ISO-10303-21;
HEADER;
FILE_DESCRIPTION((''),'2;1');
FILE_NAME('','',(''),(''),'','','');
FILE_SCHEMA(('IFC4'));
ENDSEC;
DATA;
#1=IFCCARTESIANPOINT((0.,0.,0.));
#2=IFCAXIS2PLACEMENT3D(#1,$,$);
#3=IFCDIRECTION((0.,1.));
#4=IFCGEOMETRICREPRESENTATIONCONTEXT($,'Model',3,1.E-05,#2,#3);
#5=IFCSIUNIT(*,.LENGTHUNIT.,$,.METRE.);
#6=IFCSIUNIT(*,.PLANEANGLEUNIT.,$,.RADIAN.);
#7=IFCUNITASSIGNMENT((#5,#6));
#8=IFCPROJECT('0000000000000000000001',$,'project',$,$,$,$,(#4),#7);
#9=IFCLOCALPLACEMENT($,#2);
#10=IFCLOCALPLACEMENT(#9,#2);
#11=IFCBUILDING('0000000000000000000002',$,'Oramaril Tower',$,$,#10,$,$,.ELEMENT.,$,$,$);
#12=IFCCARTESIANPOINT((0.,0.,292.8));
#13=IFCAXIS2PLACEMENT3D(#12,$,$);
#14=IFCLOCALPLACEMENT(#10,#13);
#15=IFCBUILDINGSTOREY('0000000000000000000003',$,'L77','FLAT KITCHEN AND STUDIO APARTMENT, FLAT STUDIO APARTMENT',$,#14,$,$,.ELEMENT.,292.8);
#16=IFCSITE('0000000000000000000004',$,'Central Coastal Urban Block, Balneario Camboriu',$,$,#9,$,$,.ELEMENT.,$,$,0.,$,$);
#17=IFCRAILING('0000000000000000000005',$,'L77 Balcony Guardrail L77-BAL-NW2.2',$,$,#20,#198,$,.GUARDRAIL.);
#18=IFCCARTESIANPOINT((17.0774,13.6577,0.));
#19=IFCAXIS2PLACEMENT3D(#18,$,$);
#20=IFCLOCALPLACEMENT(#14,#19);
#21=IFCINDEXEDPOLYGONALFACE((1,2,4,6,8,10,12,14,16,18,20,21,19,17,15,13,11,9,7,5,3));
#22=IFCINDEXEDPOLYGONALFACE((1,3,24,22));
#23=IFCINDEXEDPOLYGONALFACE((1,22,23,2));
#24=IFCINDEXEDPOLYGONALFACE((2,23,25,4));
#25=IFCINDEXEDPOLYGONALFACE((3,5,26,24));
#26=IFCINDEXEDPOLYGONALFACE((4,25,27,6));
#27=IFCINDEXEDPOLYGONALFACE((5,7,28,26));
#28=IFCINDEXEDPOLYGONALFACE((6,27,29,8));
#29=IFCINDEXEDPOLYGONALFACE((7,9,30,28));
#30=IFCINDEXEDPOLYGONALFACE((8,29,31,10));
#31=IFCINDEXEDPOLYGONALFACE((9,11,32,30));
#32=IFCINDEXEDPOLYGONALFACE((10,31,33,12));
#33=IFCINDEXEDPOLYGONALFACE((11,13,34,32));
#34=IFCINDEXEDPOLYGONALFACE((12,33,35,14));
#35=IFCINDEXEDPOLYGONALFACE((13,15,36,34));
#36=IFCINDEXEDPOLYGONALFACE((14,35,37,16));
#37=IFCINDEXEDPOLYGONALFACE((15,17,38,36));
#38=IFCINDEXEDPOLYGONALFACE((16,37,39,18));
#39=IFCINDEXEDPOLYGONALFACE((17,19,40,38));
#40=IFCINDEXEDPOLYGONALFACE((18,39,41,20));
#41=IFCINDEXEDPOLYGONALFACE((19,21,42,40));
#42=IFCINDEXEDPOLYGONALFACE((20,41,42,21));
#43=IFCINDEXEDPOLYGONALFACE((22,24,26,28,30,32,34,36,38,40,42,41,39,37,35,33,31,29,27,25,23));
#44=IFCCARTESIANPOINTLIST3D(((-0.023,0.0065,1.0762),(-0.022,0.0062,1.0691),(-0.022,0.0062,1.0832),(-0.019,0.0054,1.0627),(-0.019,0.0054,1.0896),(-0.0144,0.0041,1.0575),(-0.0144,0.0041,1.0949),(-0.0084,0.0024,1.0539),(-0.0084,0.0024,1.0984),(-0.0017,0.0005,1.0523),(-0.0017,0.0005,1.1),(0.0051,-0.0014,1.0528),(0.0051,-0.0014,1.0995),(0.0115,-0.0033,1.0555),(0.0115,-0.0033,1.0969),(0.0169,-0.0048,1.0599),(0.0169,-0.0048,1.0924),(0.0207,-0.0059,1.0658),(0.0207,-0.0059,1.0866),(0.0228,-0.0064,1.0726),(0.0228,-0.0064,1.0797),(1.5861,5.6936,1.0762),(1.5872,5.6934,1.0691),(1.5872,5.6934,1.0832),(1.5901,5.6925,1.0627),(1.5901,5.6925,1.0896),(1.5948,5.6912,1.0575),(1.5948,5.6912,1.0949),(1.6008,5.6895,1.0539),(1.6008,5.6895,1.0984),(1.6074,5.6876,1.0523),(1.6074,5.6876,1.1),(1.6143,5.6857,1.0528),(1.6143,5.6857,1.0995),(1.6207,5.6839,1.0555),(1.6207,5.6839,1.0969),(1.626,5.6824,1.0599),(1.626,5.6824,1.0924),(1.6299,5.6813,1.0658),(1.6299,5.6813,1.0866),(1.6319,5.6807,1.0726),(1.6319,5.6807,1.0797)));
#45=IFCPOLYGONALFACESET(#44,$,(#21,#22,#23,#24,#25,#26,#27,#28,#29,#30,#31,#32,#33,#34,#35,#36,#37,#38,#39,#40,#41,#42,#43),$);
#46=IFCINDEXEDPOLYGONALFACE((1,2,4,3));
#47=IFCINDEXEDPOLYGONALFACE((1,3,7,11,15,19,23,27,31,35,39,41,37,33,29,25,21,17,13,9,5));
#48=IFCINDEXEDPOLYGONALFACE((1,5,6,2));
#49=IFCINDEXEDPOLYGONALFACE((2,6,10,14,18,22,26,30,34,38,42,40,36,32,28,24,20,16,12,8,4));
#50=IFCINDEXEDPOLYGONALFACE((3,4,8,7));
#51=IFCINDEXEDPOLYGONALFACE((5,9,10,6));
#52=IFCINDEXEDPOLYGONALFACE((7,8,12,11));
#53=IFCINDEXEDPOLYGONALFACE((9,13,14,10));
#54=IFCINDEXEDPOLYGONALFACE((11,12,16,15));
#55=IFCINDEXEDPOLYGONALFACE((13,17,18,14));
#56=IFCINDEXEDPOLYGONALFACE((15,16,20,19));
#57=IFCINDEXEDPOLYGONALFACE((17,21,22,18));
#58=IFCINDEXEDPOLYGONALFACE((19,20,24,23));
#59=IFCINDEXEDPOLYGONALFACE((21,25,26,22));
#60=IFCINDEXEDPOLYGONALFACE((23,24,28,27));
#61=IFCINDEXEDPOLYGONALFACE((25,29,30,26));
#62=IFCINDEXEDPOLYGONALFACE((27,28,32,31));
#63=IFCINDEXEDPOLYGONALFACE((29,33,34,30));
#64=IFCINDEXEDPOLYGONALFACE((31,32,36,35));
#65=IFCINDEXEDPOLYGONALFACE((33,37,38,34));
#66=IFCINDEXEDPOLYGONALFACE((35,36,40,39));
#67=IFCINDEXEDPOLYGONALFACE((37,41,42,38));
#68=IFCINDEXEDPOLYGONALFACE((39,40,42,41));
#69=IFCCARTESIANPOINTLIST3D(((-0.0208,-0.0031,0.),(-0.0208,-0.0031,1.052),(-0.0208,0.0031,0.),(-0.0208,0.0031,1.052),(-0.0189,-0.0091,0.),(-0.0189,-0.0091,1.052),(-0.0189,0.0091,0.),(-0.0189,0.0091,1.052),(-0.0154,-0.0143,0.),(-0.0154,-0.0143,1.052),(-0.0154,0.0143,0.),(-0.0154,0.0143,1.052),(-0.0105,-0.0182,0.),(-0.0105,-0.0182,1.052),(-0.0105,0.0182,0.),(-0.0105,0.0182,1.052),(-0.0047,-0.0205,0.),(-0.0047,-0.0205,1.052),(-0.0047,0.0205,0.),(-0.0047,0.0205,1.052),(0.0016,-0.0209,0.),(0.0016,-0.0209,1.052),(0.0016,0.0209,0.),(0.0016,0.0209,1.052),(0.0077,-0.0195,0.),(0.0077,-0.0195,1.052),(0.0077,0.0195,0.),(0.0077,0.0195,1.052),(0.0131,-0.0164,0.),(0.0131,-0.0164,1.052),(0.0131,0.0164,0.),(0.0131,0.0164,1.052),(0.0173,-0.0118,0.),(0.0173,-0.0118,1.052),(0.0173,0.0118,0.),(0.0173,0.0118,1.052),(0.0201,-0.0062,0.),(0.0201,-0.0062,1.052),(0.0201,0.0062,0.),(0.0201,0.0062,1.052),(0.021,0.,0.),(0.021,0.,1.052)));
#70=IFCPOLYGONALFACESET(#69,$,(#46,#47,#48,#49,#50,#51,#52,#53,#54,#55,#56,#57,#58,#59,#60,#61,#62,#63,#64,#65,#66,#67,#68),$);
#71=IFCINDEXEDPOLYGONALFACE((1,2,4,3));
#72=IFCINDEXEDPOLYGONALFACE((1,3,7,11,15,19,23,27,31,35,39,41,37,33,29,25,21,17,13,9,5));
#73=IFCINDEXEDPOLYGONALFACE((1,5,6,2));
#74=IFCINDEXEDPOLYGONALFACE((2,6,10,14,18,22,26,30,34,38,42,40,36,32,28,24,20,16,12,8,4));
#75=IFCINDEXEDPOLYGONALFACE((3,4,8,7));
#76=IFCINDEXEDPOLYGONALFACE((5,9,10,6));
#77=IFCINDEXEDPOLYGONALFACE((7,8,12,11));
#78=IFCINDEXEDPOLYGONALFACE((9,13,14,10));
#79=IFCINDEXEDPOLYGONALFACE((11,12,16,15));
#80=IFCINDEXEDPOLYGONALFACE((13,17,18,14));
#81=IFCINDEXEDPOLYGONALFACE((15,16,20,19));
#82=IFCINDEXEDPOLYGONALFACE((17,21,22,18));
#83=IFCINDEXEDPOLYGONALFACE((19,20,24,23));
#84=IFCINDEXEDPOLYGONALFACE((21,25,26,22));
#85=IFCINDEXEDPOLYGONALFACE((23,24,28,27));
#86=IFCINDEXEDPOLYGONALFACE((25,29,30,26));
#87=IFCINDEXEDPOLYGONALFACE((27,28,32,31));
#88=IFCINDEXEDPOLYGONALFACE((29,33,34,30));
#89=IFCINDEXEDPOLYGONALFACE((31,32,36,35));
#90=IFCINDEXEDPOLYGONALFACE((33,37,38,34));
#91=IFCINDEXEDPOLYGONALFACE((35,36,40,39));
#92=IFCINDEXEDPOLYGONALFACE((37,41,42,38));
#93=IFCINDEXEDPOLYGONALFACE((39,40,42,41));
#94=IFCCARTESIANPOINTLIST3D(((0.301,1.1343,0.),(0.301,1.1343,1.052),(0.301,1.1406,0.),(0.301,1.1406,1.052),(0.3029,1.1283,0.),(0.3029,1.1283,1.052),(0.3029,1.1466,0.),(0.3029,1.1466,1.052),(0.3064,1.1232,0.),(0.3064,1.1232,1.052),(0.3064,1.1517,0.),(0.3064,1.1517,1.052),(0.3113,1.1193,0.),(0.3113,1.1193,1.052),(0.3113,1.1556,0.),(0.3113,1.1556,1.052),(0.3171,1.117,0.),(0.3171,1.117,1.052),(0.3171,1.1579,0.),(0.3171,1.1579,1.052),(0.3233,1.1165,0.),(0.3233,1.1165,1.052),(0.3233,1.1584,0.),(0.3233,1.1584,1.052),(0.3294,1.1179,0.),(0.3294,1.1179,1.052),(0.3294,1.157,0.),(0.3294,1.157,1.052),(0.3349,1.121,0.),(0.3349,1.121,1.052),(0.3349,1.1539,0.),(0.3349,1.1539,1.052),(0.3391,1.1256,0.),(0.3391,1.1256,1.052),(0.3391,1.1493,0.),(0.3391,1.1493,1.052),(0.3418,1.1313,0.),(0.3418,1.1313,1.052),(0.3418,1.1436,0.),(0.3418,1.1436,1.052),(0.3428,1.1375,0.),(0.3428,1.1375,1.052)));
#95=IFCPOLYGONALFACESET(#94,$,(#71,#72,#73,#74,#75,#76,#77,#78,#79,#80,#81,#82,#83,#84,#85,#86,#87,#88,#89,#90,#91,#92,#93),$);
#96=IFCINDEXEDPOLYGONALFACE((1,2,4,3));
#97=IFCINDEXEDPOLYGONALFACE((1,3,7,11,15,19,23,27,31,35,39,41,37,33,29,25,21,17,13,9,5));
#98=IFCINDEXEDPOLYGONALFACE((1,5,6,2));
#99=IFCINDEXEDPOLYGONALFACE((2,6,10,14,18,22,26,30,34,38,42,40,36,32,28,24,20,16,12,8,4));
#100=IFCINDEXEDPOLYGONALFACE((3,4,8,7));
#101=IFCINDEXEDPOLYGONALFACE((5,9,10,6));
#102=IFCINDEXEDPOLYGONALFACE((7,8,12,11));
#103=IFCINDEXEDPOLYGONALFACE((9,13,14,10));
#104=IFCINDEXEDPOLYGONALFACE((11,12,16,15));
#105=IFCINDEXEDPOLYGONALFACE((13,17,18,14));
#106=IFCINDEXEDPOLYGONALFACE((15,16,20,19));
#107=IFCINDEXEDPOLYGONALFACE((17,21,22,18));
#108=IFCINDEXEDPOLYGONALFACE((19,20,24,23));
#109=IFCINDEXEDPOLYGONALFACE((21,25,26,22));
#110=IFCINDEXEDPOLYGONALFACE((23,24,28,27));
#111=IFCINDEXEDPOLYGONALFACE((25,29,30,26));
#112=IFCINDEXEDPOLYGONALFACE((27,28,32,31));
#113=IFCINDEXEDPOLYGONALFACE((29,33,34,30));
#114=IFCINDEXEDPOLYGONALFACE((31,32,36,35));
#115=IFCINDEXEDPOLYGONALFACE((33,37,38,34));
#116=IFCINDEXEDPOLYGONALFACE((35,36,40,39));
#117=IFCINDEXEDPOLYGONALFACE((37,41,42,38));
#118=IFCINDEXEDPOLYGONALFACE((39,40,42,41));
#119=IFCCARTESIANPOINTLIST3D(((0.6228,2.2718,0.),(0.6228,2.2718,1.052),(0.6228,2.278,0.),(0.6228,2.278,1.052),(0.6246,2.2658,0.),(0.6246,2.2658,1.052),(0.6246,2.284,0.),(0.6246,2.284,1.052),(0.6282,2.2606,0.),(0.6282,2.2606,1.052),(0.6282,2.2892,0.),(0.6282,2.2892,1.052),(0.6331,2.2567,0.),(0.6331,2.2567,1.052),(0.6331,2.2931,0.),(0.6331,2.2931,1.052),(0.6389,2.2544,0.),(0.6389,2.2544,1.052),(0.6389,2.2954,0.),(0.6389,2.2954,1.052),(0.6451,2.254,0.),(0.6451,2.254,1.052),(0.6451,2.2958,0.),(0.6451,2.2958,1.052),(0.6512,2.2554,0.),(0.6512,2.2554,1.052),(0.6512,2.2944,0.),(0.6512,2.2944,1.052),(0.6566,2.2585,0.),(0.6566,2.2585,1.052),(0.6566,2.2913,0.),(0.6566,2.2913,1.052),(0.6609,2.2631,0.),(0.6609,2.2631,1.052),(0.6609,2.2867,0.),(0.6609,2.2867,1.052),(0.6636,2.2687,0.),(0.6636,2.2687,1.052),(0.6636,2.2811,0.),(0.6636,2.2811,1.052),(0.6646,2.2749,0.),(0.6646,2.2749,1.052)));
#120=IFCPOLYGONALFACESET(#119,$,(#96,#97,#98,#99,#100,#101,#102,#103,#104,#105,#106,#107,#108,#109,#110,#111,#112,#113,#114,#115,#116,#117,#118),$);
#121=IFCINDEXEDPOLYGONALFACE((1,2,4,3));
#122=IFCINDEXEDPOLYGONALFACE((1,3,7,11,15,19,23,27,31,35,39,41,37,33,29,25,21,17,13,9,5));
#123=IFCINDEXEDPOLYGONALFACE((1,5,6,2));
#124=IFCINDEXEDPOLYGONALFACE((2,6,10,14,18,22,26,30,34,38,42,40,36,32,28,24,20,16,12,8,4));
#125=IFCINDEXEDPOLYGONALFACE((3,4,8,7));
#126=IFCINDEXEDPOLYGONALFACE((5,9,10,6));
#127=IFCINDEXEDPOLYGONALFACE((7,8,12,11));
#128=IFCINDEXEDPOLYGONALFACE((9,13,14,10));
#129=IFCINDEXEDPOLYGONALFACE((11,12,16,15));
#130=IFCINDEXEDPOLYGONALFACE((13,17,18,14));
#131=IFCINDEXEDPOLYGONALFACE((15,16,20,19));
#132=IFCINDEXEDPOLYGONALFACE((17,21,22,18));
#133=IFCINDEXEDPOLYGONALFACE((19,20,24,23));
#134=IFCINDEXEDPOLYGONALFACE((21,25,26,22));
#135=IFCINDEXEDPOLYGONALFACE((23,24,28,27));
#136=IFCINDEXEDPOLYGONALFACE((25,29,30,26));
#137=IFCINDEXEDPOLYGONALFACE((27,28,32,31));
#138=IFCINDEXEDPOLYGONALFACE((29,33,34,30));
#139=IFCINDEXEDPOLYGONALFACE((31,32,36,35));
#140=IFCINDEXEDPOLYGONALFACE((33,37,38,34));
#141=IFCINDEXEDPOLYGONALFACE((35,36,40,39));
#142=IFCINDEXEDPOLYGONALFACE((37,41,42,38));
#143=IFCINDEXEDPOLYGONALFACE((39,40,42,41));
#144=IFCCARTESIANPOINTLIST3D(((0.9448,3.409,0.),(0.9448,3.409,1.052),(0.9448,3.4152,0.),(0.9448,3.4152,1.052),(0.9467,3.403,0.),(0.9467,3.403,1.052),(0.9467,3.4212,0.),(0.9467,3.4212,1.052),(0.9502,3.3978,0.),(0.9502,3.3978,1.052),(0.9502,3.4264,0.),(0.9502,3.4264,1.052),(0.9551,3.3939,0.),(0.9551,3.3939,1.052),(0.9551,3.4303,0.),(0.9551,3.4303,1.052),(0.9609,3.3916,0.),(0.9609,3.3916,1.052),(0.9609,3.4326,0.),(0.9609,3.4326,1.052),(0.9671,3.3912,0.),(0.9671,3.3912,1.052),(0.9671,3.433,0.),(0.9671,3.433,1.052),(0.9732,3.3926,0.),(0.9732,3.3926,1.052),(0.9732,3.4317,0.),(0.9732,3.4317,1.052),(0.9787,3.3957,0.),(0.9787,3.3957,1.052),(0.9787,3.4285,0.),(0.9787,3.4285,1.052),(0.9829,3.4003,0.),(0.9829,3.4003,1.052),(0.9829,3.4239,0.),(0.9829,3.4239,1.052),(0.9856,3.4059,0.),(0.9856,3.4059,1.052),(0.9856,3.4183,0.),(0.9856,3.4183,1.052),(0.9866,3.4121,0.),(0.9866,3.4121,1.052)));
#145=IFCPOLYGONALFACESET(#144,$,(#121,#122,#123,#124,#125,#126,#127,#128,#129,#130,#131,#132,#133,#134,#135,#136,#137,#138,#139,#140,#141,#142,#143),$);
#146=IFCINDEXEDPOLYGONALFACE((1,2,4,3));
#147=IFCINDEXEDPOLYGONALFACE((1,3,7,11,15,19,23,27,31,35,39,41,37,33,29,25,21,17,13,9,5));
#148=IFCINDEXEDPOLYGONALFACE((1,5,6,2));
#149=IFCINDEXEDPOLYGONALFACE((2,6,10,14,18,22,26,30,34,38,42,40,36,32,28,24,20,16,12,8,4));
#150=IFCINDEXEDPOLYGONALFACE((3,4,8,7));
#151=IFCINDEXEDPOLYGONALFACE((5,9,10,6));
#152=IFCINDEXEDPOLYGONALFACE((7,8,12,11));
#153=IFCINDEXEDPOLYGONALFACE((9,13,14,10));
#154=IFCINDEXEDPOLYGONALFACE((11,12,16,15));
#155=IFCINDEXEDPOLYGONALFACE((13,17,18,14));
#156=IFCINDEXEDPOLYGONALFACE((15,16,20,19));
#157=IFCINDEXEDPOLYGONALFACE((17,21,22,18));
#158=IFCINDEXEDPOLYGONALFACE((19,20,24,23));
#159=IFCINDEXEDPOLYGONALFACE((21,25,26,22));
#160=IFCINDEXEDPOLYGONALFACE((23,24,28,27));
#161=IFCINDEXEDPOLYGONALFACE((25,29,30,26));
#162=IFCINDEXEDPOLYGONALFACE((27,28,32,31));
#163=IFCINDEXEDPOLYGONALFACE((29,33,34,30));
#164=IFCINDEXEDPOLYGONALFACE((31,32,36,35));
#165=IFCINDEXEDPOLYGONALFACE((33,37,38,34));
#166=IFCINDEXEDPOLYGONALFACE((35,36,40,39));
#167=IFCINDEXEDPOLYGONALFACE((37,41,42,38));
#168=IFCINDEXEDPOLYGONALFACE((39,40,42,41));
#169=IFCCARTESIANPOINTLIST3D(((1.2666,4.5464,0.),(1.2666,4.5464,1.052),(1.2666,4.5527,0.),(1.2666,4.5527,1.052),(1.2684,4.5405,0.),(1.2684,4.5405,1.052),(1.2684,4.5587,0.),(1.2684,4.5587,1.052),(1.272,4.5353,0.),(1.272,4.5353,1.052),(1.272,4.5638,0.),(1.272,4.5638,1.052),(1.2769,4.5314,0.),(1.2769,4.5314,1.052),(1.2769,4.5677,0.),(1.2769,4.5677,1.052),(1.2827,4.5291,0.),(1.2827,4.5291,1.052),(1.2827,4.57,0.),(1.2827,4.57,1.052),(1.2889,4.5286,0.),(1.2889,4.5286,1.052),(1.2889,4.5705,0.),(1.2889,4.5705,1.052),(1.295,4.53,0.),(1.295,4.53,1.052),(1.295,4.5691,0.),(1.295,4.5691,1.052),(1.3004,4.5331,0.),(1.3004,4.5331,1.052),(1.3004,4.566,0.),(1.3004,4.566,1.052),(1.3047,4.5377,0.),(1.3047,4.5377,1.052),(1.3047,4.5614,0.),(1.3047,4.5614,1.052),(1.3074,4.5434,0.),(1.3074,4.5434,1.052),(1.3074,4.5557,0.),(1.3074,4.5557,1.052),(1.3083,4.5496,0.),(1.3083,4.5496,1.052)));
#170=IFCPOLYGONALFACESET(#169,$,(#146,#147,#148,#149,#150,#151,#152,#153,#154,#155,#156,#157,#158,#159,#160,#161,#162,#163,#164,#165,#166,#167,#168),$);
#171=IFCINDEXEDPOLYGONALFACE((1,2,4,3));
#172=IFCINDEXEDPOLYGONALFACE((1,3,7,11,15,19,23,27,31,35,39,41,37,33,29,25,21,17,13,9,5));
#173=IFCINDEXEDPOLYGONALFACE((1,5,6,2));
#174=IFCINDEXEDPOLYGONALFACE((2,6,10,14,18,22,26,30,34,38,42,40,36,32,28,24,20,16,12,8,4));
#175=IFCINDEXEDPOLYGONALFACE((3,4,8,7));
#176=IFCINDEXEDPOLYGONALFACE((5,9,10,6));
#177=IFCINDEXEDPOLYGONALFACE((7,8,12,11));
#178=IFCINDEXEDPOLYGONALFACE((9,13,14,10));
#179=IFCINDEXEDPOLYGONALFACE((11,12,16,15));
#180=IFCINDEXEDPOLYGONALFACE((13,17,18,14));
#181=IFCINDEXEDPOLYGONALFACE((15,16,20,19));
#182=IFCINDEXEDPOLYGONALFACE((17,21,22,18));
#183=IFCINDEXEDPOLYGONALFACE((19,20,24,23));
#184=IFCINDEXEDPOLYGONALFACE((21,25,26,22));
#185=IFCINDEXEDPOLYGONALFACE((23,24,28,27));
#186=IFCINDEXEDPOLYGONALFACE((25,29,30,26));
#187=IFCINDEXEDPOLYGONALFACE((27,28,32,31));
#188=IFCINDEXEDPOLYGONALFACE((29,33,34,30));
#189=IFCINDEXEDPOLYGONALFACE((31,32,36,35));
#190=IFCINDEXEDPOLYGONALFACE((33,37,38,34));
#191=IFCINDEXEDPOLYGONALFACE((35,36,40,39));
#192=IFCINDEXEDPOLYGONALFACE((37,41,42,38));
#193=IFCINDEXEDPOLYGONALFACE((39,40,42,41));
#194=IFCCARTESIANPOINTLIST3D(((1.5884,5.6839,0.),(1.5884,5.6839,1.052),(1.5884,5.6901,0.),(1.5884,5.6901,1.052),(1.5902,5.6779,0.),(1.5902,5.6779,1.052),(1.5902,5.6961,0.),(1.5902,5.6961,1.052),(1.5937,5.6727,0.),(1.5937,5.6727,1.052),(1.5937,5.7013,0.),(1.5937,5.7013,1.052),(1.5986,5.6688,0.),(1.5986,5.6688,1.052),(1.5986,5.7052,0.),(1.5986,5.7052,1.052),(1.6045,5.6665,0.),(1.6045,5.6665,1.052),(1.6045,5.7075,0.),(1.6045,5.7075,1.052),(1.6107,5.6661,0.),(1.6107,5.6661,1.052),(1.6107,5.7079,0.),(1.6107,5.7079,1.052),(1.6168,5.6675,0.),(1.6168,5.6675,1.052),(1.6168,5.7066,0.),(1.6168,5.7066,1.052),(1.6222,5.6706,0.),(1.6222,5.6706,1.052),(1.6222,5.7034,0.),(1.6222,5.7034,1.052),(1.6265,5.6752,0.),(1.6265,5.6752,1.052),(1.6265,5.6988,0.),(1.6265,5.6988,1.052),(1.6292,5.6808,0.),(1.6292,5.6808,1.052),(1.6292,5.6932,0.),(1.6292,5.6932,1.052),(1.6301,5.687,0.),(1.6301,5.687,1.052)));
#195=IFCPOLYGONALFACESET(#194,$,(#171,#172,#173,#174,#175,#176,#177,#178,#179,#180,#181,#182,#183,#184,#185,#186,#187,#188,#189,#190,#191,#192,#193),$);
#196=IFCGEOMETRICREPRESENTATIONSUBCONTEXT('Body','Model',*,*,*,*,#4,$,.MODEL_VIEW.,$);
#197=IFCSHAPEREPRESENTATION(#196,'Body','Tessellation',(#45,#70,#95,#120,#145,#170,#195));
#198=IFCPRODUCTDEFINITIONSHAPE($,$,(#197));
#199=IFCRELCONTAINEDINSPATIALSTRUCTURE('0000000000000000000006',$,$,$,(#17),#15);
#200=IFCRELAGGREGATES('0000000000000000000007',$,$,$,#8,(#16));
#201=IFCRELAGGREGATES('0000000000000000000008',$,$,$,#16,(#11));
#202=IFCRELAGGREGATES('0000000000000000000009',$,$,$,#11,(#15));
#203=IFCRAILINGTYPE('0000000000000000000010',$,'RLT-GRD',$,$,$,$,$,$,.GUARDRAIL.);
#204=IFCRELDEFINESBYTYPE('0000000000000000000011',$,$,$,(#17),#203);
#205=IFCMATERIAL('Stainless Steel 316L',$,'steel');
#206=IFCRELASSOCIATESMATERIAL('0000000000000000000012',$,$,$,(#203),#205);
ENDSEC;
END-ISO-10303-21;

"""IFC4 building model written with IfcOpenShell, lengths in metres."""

from ifc_helpers import new_model, si_unit, direction, frame, origin, origin_2d, place, context, subcontext, project, spatial, circle, extrude, material, type_object, element, save


model = new_model("IFC4")

# Units and contexts
model_context = context("Model", 3, precision=1e-05, world=origin(), true_north=direction((0.0, 1.0)))
body_context = subcontext(model_context, "Body", "Model", "MODEL_VIEW")
ifc_project = project(units=[si_unit("LENGTHUNIT", "METRE"), si_unit("PLANEANGLEUNIT", "RADIAN")], contexts=[model_context])

# Site, building, storey
site_placement = place(None, origin())
site = spatial("IfcSite", under=ifc_project, at=site_placement, Name="Central Coastal Urban Block, Balneario Camboriu", CompositionType="ELEMENT", RefElevation=0.0)
building_placement = place(site_placement, origin())
building = spatial("IfcBuilding", under=site, at=building_placement, Name="Oramaril Tower", CompositionType="ELEMENT")
storey_placement = place(building_placement, frame((0.0, 0.0, 292.8)))
storey = spatial("IfcBuildingStorey", under=building, at=storey_placement, Name="L77", Description="FLAT KITCHEN AND STUDIO APARTMENT, FLAT STUDIO APARTMENT", CompositionType="ELEMENT", Elevation=292.8)

# Railing
ifc_material_1 = material(Name="Stainless Steel 316L", Category="steel")
railing_type_1 = type_object("IfcRailingType", Name="RLT-GRD", PredefinedType="GUARDRAIL", material=ifc_material_1)
railing_1_placement = place(storey_placement, frame((17.0774, 13.6577, 0.0)))
element("IfcRailing", 1, at=railing_1_placement, inside=storey, type_object=railing_type_1, Name="L77 Balcony Guardrail L77-BAL-NW2.2", PredefinedType="GUARDRAIL", context=body_context, shape_type="SweptSolid", body=[
    extrude(circle(Radius=0.0239, at=origin_2d()), frame((0.0, 0.0, 1.0762), z_axis=(0.27226, 0.962224, 0.0), x_axis=(-0.962224, 0.27226, 0.0)), (0.0, 0.0, 1.0), 5.9104),
    extrude(circle(Radius=0.021, at=origin_2d()), origin(), (0.0, 0.0, 1.0), 1.052),
    extrude(circle(Radius=0.021, at=origin_2d()), frame((0.3218, 1.1375, 0.0)), (0.0, 0.0, 1.0), 1.052),
    extrude(circle(Radius=0.021, at=origin_2d()), frame((0.6436, 2.2749, 0.0)), (0.0, 0.0, 1.0), 1.052),
    extrude(circle(Radius=0.021, at=origin_2d()), frame((0.9656, 3.4121, 0.0)), (0.0, 0.0, 1.0), 1.052),
    extrude(circle(Radius=0.021, at=origin_2d()), frame((1.2874, 4.5496, 0.0)), (0.0, 0.0, 1.0), 1.052),
    extrude(circle(Radius=0.021, at=origin_2d()), frame((1.6091, 5.687, 0.0)), (0.0, 0.0, 1.0), 1.052),
])

save(model, "model.ifc")
